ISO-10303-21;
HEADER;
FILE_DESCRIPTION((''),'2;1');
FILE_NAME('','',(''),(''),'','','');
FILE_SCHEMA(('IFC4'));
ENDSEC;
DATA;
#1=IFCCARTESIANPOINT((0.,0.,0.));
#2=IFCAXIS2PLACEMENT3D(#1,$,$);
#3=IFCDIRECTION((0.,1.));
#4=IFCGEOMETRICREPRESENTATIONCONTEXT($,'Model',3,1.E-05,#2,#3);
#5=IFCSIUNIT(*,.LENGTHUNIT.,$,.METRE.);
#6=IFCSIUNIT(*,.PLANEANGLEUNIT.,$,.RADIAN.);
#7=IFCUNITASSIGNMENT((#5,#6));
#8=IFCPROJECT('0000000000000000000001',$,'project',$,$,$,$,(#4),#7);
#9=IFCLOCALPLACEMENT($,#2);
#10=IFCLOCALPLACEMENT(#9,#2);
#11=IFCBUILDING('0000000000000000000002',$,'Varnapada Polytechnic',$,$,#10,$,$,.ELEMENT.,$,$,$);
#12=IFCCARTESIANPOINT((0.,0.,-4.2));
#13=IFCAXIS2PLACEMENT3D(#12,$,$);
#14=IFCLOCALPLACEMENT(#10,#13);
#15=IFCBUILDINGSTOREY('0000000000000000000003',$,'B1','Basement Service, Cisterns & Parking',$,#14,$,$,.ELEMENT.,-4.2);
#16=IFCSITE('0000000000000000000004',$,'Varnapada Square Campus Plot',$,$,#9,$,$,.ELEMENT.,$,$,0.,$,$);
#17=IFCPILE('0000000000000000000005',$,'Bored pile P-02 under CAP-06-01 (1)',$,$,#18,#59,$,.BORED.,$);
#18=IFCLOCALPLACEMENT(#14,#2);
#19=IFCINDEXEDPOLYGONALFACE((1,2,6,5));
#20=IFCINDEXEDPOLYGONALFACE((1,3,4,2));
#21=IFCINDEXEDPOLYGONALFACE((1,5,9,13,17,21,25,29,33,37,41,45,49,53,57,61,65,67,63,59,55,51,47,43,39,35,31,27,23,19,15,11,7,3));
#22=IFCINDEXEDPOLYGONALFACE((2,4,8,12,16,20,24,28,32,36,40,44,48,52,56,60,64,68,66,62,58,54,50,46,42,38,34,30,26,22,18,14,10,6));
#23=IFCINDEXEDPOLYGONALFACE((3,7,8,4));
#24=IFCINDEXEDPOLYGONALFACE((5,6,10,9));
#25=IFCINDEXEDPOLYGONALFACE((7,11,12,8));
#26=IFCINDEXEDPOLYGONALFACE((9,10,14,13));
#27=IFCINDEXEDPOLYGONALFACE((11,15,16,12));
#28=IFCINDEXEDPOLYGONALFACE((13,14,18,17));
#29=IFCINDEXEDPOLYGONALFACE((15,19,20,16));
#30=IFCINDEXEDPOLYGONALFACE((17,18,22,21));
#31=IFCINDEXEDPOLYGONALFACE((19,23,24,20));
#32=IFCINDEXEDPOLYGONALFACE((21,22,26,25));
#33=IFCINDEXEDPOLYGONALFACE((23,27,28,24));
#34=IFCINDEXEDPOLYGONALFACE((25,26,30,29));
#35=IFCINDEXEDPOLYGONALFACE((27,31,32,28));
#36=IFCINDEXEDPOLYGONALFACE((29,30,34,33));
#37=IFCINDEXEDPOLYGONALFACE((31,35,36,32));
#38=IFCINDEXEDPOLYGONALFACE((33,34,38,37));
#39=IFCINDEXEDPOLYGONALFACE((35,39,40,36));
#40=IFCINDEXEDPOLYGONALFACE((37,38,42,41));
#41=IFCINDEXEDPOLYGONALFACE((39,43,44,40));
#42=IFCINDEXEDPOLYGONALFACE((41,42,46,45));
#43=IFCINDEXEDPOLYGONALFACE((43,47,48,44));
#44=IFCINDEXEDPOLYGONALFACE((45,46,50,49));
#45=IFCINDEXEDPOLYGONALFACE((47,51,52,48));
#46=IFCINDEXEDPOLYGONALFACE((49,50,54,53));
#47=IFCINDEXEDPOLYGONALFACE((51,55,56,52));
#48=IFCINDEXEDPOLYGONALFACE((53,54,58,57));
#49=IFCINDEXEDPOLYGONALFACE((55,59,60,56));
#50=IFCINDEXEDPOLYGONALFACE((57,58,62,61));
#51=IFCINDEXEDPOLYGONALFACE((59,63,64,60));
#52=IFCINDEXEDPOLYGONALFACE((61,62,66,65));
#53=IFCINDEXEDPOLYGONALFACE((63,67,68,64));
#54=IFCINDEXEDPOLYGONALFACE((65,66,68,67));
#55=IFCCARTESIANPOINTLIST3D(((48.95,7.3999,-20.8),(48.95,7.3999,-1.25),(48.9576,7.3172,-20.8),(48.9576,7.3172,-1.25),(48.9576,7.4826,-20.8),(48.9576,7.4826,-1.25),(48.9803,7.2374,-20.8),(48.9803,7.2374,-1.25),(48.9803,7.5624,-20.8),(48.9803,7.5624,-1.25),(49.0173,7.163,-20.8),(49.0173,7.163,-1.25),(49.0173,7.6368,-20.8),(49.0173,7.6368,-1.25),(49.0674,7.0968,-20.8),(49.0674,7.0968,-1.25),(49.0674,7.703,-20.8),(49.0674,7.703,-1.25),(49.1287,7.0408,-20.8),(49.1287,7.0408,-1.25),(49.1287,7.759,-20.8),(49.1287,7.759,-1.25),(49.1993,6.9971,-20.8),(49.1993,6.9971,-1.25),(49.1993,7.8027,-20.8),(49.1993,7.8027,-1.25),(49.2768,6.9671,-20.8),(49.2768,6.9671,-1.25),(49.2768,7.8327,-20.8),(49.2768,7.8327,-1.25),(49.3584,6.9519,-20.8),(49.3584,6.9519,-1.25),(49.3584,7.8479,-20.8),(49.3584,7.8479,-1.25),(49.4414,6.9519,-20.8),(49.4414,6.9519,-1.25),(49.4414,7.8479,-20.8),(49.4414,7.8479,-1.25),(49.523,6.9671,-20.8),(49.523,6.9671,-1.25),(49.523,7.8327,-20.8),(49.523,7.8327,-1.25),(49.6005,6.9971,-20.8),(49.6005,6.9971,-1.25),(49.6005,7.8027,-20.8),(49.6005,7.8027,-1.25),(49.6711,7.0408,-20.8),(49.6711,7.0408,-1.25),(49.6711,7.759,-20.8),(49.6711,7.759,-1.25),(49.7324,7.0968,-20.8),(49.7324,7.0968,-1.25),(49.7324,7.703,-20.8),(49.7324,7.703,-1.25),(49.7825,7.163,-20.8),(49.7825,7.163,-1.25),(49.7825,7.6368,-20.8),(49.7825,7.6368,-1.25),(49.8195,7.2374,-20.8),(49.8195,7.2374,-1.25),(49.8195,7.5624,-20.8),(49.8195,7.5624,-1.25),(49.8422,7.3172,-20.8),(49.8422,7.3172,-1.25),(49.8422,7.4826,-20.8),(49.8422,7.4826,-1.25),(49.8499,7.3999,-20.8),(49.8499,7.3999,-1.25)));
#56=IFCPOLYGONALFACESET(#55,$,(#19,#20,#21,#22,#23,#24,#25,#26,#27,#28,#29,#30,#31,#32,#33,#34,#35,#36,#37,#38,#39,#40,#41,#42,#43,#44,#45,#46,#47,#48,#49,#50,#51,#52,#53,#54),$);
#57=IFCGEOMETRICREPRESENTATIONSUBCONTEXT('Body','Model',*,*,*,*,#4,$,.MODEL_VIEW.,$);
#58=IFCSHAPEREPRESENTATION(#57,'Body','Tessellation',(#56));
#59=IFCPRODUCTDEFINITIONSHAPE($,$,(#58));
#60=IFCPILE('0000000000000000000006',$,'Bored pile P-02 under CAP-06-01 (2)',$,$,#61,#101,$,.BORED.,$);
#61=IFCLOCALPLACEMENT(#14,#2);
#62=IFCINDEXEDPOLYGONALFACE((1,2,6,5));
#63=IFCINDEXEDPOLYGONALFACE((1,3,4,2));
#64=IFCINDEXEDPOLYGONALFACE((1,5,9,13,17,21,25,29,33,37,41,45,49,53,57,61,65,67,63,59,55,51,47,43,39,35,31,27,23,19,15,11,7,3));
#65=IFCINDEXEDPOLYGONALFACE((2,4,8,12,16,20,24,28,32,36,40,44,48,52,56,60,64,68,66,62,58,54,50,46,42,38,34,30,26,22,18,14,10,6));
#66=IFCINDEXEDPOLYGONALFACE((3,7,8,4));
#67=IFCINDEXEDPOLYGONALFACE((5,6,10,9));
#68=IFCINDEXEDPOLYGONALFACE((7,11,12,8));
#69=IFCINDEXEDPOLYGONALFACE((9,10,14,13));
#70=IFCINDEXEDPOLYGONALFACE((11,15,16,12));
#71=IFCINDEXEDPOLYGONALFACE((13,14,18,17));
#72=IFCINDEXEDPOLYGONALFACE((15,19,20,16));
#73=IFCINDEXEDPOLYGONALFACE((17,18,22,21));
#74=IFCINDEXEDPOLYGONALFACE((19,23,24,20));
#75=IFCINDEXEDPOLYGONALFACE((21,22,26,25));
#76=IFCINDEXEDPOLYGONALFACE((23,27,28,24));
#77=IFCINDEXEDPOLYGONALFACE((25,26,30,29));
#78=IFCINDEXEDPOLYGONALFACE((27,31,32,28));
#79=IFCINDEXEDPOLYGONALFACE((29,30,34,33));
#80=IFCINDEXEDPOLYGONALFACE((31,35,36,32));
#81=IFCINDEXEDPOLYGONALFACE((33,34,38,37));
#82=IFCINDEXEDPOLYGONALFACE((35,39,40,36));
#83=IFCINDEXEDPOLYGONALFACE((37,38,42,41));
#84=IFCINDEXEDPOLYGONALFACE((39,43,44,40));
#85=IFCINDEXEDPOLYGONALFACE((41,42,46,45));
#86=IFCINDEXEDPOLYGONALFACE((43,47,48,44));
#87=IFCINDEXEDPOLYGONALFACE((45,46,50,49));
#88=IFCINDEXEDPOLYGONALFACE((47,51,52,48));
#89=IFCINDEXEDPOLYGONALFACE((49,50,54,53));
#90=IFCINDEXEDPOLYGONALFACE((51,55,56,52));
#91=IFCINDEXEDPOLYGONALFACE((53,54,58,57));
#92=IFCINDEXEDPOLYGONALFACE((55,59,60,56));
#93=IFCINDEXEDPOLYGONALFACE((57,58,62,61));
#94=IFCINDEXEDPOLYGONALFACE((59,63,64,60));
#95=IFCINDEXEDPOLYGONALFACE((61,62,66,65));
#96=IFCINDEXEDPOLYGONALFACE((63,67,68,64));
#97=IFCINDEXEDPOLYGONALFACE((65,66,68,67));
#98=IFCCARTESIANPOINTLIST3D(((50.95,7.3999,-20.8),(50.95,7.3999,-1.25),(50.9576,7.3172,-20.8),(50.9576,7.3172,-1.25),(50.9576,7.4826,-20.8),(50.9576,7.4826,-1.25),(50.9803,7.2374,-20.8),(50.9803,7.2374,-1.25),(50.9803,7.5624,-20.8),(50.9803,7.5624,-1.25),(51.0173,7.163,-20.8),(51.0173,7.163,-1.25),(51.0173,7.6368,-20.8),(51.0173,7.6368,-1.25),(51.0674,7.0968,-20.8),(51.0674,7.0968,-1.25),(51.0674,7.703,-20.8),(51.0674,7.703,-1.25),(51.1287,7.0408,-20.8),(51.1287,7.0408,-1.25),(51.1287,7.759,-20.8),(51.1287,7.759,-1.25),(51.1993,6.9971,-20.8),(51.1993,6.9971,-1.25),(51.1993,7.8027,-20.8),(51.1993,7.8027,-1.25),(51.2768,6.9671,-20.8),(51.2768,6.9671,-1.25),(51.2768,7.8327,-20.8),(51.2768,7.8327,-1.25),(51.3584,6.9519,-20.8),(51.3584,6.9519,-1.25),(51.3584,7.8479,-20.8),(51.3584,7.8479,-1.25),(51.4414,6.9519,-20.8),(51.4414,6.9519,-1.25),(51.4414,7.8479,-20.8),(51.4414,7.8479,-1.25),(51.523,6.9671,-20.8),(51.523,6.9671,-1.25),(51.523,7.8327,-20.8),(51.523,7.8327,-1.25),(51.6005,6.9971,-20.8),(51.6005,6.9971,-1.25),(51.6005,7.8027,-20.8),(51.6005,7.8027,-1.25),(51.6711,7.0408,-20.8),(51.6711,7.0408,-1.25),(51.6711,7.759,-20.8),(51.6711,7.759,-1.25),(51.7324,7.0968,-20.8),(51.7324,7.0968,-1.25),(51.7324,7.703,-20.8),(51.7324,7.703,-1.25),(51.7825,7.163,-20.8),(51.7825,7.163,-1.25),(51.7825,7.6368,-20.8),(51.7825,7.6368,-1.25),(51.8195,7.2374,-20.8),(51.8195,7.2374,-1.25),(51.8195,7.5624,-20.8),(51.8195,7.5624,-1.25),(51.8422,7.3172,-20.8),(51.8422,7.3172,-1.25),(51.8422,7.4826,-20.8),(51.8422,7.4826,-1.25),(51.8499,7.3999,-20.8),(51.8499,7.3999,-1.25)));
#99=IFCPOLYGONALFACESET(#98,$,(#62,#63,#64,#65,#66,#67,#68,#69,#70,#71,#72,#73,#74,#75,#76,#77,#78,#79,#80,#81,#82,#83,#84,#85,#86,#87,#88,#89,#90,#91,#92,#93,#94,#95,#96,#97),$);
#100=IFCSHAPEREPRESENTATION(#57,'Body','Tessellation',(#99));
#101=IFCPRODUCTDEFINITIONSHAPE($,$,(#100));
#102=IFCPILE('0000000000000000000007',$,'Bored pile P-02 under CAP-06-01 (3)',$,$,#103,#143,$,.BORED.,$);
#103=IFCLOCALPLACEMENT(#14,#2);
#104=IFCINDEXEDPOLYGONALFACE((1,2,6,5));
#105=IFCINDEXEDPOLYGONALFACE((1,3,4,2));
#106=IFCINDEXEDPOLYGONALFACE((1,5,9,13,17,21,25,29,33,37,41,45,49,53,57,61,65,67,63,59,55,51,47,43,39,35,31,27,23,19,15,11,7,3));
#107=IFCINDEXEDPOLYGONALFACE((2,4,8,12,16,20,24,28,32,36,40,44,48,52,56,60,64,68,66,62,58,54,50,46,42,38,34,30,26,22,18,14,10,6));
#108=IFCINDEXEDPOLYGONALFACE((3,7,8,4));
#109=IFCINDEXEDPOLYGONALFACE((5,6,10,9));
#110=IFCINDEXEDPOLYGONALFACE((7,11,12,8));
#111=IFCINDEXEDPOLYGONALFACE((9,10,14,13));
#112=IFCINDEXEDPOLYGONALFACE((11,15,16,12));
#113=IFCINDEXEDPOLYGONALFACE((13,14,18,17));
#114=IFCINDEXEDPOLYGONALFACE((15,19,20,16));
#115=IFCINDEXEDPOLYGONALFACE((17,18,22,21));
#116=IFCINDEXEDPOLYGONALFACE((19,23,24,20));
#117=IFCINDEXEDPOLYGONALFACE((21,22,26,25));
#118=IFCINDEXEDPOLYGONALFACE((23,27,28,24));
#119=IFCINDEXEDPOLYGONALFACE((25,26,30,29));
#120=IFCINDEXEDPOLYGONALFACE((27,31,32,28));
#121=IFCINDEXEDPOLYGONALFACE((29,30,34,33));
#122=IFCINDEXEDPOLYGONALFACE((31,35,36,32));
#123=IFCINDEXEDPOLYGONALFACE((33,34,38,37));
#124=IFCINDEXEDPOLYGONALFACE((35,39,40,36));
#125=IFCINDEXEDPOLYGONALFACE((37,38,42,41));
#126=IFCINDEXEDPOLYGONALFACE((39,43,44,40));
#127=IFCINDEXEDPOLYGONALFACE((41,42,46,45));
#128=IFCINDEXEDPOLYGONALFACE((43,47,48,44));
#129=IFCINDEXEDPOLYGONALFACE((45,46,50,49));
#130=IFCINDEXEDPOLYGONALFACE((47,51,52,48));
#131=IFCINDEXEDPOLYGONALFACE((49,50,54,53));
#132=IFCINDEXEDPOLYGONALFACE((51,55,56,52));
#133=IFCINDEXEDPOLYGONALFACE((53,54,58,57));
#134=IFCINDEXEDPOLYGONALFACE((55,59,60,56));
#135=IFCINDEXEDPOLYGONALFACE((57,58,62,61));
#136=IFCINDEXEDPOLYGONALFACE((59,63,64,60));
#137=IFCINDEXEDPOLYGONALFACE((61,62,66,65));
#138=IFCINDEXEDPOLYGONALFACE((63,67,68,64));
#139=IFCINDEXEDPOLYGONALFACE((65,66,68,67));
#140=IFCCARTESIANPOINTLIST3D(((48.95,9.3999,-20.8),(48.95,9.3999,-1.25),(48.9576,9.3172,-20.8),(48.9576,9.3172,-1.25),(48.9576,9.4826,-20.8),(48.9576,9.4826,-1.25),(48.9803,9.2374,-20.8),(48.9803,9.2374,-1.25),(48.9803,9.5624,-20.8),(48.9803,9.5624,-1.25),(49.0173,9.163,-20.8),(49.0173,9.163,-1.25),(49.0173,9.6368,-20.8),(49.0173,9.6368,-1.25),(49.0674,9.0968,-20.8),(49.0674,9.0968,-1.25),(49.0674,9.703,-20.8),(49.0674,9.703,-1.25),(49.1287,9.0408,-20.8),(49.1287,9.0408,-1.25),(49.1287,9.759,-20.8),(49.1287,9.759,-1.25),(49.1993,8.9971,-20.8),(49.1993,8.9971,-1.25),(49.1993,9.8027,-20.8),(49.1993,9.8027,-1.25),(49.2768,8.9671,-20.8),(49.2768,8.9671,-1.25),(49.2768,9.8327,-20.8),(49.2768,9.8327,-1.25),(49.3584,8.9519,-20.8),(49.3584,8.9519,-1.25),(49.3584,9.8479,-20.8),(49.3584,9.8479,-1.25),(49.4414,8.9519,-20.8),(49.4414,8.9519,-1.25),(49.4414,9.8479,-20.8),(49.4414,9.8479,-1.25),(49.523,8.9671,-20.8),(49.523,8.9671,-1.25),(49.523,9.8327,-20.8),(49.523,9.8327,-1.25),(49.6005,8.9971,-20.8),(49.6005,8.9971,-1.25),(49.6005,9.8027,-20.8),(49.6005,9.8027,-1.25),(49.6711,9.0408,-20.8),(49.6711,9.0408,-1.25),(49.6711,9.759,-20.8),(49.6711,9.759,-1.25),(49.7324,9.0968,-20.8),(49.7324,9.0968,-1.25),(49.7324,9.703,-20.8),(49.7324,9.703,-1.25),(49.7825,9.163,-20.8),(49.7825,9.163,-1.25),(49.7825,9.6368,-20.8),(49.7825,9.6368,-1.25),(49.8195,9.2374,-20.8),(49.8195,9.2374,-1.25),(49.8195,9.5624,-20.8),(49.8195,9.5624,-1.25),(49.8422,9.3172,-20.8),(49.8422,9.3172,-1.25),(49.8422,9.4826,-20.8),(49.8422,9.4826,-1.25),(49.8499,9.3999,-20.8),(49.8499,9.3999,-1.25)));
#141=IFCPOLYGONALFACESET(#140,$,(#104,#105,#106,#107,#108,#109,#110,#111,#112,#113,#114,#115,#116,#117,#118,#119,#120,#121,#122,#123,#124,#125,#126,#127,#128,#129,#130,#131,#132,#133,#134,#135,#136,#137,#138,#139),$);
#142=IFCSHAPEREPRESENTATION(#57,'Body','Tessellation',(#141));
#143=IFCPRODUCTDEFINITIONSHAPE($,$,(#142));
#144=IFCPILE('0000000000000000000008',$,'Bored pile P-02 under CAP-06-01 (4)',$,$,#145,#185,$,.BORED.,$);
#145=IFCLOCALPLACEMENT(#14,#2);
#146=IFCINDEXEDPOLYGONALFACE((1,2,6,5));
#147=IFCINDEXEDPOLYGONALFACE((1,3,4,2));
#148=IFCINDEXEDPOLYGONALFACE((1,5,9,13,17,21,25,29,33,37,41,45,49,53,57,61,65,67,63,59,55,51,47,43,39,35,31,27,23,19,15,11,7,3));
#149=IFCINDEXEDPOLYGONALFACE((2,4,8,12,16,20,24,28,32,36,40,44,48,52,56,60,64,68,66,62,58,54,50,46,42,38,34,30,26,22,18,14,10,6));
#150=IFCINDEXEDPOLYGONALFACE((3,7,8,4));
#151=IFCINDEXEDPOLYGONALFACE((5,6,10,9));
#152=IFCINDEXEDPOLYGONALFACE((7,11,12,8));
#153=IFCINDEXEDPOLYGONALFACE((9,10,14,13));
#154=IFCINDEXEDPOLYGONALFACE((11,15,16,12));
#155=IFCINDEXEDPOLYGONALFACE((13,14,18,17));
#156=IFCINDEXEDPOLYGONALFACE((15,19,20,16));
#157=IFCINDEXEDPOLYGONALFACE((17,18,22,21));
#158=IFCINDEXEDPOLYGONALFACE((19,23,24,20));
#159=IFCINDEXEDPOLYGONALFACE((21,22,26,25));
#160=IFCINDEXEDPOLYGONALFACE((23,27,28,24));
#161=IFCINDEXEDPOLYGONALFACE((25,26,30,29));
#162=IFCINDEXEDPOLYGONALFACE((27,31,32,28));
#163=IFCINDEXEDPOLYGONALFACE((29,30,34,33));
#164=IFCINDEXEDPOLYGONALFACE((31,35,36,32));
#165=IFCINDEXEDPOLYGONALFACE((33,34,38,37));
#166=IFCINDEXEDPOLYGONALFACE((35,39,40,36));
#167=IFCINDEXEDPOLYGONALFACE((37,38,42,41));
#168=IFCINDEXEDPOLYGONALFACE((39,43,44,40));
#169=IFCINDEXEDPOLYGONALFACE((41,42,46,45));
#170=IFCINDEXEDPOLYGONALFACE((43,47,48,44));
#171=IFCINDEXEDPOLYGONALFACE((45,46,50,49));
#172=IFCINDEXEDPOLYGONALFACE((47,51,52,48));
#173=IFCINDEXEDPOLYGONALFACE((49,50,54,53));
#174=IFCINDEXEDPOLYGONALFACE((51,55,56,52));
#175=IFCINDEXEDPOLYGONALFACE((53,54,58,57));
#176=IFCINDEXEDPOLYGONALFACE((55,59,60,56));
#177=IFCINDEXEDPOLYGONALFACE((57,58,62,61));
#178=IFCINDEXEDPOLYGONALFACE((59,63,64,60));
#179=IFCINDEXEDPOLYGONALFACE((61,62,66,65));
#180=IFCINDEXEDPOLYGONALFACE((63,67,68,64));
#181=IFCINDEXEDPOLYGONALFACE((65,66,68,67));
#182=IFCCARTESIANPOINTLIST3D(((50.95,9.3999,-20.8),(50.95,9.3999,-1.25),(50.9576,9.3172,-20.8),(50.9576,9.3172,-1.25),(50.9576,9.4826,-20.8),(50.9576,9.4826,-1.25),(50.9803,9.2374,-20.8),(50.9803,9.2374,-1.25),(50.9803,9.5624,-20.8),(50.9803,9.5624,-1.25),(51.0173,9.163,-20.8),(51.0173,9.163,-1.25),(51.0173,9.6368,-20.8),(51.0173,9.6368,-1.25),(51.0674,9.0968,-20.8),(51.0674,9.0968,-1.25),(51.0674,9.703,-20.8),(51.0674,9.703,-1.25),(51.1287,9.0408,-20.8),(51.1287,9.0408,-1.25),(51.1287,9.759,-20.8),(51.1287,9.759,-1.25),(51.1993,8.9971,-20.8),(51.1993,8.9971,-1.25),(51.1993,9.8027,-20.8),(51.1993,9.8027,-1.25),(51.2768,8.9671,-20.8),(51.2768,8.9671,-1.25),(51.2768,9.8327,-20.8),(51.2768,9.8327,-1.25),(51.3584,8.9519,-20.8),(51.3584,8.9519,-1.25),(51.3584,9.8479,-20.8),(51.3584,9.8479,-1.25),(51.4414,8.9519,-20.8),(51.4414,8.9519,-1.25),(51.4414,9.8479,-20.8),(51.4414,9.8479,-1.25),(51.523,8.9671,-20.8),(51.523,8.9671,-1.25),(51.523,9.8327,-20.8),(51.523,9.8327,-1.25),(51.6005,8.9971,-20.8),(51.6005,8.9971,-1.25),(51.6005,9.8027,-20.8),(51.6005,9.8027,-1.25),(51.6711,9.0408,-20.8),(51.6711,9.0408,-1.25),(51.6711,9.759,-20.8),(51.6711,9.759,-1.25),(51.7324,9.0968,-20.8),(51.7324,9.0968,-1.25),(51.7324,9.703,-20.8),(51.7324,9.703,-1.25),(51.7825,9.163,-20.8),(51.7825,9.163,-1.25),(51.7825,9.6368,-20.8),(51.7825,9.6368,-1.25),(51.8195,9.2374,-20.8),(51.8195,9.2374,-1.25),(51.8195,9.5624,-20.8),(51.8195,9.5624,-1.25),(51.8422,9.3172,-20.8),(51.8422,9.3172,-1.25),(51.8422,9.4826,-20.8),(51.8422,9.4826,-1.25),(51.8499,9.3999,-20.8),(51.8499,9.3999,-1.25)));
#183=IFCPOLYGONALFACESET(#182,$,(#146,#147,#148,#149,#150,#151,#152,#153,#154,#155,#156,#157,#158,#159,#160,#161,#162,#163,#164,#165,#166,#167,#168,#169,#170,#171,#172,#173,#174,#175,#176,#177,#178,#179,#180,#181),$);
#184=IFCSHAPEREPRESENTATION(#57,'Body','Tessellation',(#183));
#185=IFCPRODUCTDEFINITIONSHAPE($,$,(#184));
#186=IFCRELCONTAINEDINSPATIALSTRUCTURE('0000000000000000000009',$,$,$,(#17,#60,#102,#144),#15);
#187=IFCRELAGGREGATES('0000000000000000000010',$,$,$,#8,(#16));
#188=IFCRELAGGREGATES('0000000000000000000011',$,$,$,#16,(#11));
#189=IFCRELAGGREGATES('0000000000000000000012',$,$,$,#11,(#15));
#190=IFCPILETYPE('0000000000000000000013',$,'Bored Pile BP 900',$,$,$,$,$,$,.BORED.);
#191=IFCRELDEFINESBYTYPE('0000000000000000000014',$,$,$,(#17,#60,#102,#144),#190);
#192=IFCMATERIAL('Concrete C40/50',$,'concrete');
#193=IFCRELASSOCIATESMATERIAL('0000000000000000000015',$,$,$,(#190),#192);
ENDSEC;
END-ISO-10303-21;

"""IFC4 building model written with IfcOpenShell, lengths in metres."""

from ifc_helpers import new_model, si_unit, direction, frame, origin, origin_2d, place, context, subcontext, project, spatial, circle, extrude, material, material_profile, profile_set, type_object, element, save


model = new_model("IFC4")

# Units and contexts
model_context = context("Model", 3, precision=1e-05, world=origin(), true_north=direction((0.0, 1.0)))
body_context = subcontext(model_context, "Body", "Model", "MODEL_VIEW")
ifc_project = project(units=[si_unit("LENGTHUNIT", "METRE"), si_unit("PLANEANGLEUNIT", "RADIAN")], contexts=[model_context])

# Site, building, storey
site_placement = place(None, origin())
site = spatial("IfcSite", under=ifc_project, at=site_placement, Name="Varnapada Square Campus Plot", CompositionType="ELEMENT", RefElevation=0.0)
building_placement = place(site_placement, origin())
building = spatial("IfcBuilding", under=site, at=building_placement, Name="Varnapada Polytechnic", CompositionType="ELEMENT")
storey_placement = place(building_placement, frame((0.0, 0.0, -4.2)))
storey = spatial("IfcBuildingStorey", under=building, at=storey_placement, Name="B1", Description="Basement Service, Cisterns & Parking", CompositionType="ELEMENT", Elevation=-4.2)

# Piles
ifc_material_1 = material(Name="Concrete C40/50", Category="concrete")
ifc_material_profile_1 = material_profile(ifc_material_1, circle(Radius=0.45, at=origin_2d()), Name="BP 900")
ifc_profile_set_1 = profile_set([ifc_material_profile_1], Name="Concrete C40/50")
pile_type_1 = type_object("IfcPileType", Name="Bored Pile BP 900", PredefinedType="BORED", material=ifc_profile_set_1)
for number, where, z_axis, x_axis, name in (
    (1, (49.3999, 7.3999, -1.25), (0.0, 0.0, -1.0), (1.0, 0.0, 0.0), "Bored pile P-02 under CAP-06-01 (1)"),
    (2, (51.3999, 7.3999, -1.25), (0.0, 0.0, -1.0), (1.0, 0.0, 0.0), "Bored pile P-02 under CAP-06-01 (2)"),
    (3, (49.3999, 9.3999, -1.25), (0.0, 0.0, -1.0), (1.0, 0.0, 0.0), "Bored pile P-02 under CAP-06-01 (3)"),
    (4, (51.3999, 9.3999, -1.25), (0.0, 0.0, -1.0), (1.0, 0.0, 0.0), "Bored pile P-02 under CAP-06-01 (4)"),
):
    element("IfcPile", number, at=place(storey_placement, frame(where, z_axis=z_axis, x_axis=x_axis)), inside=storey, type_object=pile_type_1, Name=name, PredefinedType="BORED", context=body_context, shape_type="SweptSolid", body=[
        extrude(circle(Radius=0.45, at=origin_2d()), origin(), (0.0, 0.0, 1.0), 19.55),
    ])

save(model, "model.ifc")
